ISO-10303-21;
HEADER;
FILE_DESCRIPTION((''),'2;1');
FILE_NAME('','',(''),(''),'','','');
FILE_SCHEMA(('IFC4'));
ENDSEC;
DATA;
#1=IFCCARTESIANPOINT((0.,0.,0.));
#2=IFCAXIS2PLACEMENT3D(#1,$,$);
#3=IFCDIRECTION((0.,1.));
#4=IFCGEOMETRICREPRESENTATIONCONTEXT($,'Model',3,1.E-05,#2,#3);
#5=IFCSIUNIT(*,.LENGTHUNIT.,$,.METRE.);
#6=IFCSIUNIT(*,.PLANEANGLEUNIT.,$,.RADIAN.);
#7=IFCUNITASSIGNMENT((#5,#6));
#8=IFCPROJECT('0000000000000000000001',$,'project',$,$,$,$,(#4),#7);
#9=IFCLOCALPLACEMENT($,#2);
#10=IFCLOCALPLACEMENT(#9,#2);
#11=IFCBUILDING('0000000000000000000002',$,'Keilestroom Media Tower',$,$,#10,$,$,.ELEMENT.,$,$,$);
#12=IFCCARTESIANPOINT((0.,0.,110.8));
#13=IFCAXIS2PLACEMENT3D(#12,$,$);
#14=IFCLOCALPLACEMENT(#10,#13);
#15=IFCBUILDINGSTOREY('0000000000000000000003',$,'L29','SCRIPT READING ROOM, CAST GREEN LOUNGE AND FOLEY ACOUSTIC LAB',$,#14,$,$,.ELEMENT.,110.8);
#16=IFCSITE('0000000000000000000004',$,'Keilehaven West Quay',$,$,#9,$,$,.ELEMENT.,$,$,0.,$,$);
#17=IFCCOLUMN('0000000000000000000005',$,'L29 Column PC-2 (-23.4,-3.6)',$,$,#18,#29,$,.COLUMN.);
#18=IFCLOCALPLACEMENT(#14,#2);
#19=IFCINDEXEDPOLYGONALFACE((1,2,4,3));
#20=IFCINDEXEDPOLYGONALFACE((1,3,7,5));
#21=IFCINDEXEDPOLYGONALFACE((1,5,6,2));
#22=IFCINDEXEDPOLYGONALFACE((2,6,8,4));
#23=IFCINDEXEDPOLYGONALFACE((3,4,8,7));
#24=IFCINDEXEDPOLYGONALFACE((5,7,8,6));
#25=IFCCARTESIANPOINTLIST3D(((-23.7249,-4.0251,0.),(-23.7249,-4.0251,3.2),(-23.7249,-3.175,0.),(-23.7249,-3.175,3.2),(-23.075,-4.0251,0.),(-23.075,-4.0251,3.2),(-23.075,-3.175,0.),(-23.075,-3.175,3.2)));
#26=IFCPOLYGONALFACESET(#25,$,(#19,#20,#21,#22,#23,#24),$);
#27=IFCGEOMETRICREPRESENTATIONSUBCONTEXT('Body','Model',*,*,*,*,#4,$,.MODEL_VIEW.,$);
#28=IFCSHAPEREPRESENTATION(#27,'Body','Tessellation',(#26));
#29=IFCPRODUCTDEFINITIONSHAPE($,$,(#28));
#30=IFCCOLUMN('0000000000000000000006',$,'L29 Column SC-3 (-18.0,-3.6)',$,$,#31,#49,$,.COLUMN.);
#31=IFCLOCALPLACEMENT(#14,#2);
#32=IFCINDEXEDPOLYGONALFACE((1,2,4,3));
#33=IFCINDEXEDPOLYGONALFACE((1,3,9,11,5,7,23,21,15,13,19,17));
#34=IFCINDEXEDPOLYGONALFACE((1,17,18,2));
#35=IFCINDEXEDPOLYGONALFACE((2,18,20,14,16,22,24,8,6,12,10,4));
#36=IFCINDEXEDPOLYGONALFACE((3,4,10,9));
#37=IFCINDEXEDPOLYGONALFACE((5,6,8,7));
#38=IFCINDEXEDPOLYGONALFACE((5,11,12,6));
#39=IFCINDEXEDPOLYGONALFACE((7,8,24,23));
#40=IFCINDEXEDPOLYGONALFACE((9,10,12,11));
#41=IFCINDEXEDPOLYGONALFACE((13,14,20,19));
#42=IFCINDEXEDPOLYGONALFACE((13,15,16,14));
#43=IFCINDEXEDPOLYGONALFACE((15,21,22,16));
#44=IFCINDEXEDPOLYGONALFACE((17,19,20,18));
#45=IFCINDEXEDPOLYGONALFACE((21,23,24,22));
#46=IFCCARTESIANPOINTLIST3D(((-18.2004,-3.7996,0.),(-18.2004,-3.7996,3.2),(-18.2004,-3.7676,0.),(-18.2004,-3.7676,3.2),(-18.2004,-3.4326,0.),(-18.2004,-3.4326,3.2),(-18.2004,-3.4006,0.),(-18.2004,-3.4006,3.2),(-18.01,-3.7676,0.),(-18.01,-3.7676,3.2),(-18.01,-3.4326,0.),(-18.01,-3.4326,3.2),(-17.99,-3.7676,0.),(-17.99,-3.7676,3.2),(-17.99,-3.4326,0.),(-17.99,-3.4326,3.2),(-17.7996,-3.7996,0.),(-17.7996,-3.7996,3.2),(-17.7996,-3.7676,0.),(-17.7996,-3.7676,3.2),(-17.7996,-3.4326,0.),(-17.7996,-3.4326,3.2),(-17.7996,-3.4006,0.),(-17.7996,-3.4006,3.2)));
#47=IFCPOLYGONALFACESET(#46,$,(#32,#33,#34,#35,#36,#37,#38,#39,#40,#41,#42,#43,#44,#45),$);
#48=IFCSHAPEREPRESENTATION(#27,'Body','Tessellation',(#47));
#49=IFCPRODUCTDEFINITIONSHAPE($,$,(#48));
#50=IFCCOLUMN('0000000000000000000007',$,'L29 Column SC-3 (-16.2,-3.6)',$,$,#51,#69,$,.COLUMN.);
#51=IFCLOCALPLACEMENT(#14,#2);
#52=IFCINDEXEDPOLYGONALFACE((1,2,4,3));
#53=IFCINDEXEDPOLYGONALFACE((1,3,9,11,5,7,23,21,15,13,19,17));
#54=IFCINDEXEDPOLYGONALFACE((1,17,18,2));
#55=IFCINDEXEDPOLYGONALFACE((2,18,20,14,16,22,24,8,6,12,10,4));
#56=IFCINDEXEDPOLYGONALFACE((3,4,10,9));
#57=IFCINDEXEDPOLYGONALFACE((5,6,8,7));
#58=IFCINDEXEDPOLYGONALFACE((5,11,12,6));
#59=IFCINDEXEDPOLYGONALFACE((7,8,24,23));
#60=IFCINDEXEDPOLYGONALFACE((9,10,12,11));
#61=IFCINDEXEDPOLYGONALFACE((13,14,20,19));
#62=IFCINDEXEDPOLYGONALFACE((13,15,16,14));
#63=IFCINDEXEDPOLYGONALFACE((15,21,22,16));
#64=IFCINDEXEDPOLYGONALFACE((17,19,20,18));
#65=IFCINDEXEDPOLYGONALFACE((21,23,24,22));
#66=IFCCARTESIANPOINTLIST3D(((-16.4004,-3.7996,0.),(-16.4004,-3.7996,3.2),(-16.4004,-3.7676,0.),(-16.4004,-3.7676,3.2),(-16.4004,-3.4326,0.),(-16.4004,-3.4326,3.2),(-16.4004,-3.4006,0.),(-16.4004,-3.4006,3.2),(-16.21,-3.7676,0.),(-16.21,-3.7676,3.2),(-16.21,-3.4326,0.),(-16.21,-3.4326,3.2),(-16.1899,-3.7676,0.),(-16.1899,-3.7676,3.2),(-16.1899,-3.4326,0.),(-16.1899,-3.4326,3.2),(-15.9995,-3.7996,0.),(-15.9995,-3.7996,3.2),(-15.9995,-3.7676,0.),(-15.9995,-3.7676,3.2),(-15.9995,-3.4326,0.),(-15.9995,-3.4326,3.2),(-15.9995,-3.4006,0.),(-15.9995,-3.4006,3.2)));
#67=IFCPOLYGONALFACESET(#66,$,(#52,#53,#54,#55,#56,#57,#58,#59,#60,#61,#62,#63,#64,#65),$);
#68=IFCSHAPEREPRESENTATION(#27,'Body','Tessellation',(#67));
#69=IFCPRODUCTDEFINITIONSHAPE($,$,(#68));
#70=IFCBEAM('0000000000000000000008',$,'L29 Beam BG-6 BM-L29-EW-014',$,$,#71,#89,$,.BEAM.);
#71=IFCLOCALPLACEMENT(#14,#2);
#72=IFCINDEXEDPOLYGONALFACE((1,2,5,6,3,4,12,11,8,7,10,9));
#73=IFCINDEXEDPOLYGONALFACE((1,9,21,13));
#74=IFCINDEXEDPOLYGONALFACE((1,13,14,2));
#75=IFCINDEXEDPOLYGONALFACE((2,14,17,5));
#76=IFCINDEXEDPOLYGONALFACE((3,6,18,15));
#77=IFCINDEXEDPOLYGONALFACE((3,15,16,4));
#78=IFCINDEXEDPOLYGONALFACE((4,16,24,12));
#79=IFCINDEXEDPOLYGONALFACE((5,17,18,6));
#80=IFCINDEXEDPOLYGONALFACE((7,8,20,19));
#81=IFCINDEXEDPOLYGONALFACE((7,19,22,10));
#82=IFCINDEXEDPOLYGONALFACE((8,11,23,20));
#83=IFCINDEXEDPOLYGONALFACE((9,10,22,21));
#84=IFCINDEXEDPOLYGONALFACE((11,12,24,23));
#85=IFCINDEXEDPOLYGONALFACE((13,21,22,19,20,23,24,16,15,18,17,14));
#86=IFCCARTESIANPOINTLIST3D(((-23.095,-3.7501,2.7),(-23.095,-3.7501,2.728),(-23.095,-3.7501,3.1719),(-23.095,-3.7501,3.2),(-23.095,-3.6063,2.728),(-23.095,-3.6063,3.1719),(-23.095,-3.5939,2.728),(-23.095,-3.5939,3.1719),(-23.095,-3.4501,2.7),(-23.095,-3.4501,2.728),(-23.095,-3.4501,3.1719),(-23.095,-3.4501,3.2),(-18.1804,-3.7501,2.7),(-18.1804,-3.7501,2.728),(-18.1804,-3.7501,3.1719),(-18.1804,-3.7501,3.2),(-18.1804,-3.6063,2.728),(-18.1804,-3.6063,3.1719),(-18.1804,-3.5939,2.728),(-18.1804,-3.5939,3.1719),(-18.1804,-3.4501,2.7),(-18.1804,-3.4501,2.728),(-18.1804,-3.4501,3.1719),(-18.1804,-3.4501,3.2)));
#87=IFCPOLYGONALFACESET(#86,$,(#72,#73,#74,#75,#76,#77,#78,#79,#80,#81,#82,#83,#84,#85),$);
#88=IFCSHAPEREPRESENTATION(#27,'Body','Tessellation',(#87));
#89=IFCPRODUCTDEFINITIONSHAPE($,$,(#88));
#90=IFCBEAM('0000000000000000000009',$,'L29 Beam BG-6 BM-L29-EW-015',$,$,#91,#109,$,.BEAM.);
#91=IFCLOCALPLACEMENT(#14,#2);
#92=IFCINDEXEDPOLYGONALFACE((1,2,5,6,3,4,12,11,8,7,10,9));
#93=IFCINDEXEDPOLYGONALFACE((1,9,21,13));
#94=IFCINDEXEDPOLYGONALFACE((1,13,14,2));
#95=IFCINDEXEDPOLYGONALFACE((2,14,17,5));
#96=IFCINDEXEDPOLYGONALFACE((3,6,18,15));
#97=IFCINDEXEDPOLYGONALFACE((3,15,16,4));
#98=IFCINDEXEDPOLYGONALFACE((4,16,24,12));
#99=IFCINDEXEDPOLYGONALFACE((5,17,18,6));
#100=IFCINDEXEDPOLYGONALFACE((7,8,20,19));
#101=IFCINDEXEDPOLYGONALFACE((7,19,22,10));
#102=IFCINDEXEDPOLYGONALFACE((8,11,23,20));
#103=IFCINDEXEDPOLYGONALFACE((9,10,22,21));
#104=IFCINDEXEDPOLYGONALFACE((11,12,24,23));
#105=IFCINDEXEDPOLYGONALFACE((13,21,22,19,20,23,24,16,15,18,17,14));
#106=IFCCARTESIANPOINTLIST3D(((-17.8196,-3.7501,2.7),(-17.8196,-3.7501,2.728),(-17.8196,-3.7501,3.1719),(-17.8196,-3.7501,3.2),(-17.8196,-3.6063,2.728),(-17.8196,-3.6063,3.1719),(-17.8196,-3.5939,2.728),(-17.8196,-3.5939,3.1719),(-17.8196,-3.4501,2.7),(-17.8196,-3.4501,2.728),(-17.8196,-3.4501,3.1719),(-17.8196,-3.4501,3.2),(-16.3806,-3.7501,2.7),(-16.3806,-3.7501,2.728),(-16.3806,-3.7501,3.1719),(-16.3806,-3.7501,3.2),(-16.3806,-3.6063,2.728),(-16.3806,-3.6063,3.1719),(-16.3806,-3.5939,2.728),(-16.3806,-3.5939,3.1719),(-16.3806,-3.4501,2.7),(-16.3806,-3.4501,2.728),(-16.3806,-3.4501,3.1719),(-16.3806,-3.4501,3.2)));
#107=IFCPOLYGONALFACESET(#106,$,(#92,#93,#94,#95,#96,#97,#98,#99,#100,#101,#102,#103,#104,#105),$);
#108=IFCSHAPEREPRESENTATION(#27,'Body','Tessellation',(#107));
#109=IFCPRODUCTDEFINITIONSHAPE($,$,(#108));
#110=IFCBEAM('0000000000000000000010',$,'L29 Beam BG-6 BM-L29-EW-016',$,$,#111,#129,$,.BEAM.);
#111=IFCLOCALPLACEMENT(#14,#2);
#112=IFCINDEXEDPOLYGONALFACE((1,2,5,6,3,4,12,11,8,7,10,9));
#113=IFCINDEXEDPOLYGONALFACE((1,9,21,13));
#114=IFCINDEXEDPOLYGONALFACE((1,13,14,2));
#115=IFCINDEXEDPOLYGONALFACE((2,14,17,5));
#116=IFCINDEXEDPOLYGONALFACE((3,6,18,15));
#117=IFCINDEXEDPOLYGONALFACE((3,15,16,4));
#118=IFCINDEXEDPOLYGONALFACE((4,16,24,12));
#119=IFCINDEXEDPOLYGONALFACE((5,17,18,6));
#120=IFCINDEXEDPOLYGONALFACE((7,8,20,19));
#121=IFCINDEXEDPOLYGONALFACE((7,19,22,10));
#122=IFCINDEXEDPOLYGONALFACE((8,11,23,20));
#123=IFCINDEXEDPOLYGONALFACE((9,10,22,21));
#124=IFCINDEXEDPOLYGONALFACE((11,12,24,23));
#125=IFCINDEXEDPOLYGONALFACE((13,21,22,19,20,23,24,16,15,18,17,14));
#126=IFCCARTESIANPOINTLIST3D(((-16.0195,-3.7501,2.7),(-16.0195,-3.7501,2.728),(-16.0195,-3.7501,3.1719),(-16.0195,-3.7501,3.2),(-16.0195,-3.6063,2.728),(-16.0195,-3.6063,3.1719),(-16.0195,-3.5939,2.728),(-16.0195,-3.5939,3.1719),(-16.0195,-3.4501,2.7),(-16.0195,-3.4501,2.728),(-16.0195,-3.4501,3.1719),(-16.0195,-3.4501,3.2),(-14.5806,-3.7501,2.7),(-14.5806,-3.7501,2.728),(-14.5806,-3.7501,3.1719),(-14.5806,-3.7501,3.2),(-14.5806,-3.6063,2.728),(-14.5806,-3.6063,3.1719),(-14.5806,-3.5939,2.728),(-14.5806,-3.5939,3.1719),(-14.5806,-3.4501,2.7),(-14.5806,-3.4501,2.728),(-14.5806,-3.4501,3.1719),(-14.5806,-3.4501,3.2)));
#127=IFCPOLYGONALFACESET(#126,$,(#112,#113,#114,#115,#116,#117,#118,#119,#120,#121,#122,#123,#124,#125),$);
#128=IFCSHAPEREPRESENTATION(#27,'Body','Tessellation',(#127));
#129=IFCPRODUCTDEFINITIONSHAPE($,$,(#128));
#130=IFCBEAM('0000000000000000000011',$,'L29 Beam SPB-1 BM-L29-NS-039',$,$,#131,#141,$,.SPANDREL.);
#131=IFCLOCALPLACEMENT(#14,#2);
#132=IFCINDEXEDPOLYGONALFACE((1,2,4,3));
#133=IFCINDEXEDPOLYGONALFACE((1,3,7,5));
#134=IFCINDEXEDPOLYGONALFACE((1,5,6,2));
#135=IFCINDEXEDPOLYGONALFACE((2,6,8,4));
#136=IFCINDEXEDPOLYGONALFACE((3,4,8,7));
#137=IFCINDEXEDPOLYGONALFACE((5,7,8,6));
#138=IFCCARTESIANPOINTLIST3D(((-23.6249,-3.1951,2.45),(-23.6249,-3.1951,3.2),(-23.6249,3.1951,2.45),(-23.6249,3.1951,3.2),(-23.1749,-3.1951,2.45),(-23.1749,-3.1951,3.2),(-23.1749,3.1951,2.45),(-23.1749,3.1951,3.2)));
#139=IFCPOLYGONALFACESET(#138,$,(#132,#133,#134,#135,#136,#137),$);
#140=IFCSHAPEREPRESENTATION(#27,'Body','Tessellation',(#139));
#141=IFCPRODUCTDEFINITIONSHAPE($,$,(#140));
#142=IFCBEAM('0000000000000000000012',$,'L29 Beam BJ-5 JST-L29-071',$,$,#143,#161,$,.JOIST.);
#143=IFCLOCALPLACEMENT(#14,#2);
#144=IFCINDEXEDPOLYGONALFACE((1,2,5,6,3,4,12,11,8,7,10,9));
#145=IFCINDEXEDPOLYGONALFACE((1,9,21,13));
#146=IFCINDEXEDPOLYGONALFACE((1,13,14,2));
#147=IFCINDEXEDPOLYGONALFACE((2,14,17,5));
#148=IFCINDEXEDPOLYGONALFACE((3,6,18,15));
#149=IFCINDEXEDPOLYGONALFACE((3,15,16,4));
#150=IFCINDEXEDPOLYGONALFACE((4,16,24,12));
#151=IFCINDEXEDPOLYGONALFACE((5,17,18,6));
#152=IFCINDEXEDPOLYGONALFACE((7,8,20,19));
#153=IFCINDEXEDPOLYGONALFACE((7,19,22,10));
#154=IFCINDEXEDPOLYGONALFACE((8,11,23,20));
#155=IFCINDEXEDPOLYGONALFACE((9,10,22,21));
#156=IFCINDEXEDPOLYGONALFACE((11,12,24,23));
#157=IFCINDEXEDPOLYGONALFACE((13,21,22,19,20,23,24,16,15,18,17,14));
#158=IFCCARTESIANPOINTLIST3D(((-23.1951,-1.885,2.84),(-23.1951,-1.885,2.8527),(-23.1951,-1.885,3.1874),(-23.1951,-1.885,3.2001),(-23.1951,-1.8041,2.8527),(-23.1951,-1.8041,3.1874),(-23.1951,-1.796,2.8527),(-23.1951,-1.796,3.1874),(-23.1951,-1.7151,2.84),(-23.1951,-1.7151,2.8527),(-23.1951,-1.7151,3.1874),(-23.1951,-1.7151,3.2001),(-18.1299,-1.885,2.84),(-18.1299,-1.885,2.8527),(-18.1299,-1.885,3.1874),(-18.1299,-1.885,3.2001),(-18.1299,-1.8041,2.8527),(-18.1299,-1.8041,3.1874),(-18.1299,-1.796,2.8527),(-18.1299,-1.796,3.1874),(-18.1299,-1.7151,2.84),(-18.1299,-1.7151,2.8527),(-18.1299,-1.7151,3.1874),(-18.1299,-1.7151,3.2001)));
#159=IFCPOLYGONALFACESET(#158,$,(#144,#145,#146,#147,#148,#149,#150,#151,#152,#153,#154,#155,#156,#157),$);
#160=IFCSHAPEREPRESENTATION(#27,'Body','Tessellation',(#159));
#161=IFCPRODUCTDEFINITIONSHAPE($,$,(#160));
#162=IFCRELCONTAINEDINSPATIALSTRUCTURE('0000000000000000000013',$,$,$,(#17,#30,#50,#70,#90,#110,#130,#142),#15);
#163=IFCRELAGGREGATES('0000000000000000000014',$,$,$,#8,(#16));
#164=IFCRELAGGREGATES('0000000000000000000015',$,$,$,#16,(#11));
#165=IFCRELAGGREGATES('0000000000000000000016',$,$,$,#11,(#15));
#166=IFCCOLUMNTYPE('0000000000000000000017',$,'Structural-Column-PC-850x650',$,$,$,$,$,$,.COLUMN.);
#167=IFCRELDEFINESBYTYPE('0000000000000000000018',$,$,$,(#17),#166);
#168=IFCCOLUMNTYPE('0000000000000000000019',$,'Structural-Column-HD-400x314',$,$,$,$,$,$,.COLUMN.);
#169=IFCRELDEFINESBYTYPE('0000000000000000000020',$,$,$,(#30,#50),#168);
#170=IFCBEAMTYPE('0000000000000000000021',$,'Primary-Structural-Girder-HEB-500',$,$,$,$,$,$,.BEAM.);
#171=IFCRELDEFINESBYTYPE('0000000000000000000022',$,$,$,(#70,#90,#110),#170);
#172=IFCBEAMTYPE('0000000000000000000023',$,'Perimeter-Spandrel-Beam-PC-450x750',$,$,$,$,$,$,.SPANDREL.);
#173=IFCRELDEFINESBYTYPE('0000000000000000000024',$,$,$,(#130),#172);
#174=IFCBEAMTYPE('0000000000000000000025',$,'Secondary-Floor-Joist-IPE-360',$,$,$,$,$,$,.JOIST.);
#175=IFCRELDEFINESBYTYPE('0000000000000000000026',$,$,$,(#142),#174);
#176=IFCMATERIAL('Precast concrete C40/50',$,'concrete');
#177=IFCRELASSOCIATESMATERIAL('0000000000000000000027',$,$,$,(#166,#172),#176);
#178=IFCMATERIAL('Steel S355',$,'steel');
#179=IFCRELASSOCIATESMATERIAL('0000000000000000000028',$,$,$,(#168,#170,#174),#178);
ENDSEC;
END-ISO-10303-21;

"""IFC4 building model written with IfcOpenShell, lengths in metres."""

from ifc_helpers import new_model, si_unit, direction, frame, origin, origin_2d, place, context, subcontext, project, spatial, rectangle, i_section, extrude, source, transform, mapped, material, material_profile, profile_set, type_object, element, save


model = new_model("IFC4")

# Units and contexts
model_context = context("Model", 3, precision=1e-05, world=origin(), true_north=direction((0.0, 1.0)))
body_context = subcontext(model_context, "Body", "Model", "MODEL_VIEW")
ifc_project = project(units=[si_unit("LENGTHUNIT", "METRE"), si_unit("PLANEANGLEUNIT", "RADIAN")], contexts=[model_context])

# Site, building, storey
site_placement = place(None, origin())
site = spatial("IfcSite", under=ifc_project, at=site_placement, Name="Keilehaven West Quay", CompositionType="ELEMENT", RefElevation=0.0)
building_placement = place(site_placement, origin())
building = spatial("IfcBuilding", under=site, at=building_placement, Name="Keilestroom Media Tower", CompositionType="ELEMENT")
storey_placement = place(building_placement, frame((0.0, 0.0, 110.8)))
storey = spatial("IfcBuildingStorey", under=building, at=storey_placement, Name="L29", Description="SCRIPT READING ROOM, CAST GREEN LOUNGE AND FOLEY ACOUSTIC LAB", CompositionType="ELEMENT", Elevation=110.8)

# Columns
ifc_material_1 = material(Name="Precast concrete C40/50", Category="concrete")
ifc_material_profile_1 = material_profile(ifc_material_1, rectangle(XDim=0.6499, YDim=0.8501, at=origin_2d()), Name="PC 850x650")
ifc_profile_set_1 = profile_set([ifc_material_profile_1], Name="Precast concrete C40/50")
column_type_1 = type_object("IfcColumnType", Name="Structural-Column-PC-850x650", PredefinedType="COLUMN", material=ifc_profile_set_1)
shared_shape_1 = source(origin(), body_context, "Body", "SweptSolid", [
    extrude(rectangle(XDim=0.6499, YDim=0.8501, at=origin_2d()), origin(), (0.0, 0.0, 1.0), 3.2),
])
column_placement = place(storey_placement, frame((-23.3999, -3.6001, 0.0), z_axis=(0.0, 0.0, 1.0), x_axis=(1.0, 0.0, 0.0)))
element("IfcColumn", 1, at=column_placement, inside=storey, type_object=column_type_1, Name="L29 Column PC-2 (-23.4,-3.6)", PredefinedType="COLUMN", context=body_context, shape_type="MappedRepresentation", body=[
    mapped(shared_shape_1, transform((0.0, 0.0, 0.0), x_axis=(1.0, 0.0, 0.0), y_axis=(0.0, 1.0, 0.0), z_axis=(0.0, 0.0, 1.0), scale=1.0)),
])
ifc_material_2 = material(Name="Steel S355", Category="steel")
ifc_material_profile_2 = material_profile(ifc_material_2, i_section(OverallWidth=0.4009, OverallDepth=0.3989, WebThickness=0.02, FlangeThickness=0.032, at=origin_2d()), Name="HD 400x314")
ifc_profile_set_2 = profile_set([ifc_material_profile_2], Name="Steel S355")
column_type_2 = type_object("IfcColumnType", Name="Structural-Column-HD-400x314", PredefinedType="COLUMN", material=ifc_profile_set_2)
shared_shape_2 = source(origin(), body_context, "Body", "SweptSolid", [
    extrude(i_section(OverallWidth=0.4009, OverallDepth=0.3989, WebThickness=0.02, FlangeThickness=0.032, at=origin_2d()), origin(), (0.0, 0.0, 1.0), 3.2),
])
for number, where, z_axis, x_axis, name in (
    (2, (-18.0, -3.6001, 0.0), (0.0, 0.0, 1.0), (1.0, 0.0, 0.0), "L29 Column SC-3 (-18.0,-3.6)"),
    (3, (-16.2, -3.6001, 0.0), (0.0, 0.0, 1.0), (1.0, 0.0, 0.0), "L29 Column SC-3 (-16.2,-3.6)"),
):
    element("IfcColumn", number, at=place(storey_placement, frame(where, z_axis=z_axis, x_axis=x_axis)), inside=storey, type_object=column_type_2, Name=name, PredefinedType="COLUMN", context=body_context, shape_type="MappedRepresentation", body=[
        mapped(shared_shape_2, transform((0.0, 0.0, 0.0), x_axis=(1.0, 0.0, 0.0), y_axis=(0.0, 1.0, 0.0), z_axis=(0.0, 0.0, 1.0), scale=1.0)),
    ])

# Beams
ifc_material_profile_3 = material_profile(ifc_material_2, i_section(OverallWidth=0.3, OverallDepth=0.5, WebThickness=0.0125, FlangeThickness=0.0281, at=origin_2d()), Name="HEB 500")
ifc_profile_set_3 = profile_set([ifc_material_profile_3], Name="Steel S355")
beam_type_1 = type_object("IfcBeamType", Name="Primary-Structural-Girder-HEB-500", PredefinedType="BEAM", material=ifc_profile_set_3)
shared_shape_3 = source(origin(), body_context, "Body", "SweptSolid", [
    extrude(i_section(OverallWidth=0.3, OverallDepth=0.5, WebThickness=0.0125, FlangeThickness=0.0281, at=origin_2d()), origin(), (0.0, 0.0, 1.0), 4.9146),
])
beam_1_placement = place(storey_placement, frame((-23.095, -3.6001, 2.95), z_axis=(1.0, 0.0, 0.0), x_axis=(0.0, 1.0, 0.0)))
element("IfcBeam", 4, at=beam_1_placement, inside=storey, type_object=beam_type_1, Name="L29 Beam BG-6 BM-L29-EW-014", PredefinedType="BEAM", context=body_context, shape_type="MappedRepresentation", body=[
    mapped(shared_shape_3, transform((0.0, 0.0, 0.0), x_axis=(1.0, 0.0, 0.0), y_axis=(0.0, 1.0, 0.0), z_axis=(0.0, 0.0, 1.0), scale=1.0)),
])
shared_shape_4 = source(origin(), body_context, "Body", "SweptSolid", [
    extrude(i_section(OverallWidth=0.3, OverallDepth=0.5, WebThickness=0.0125, FlangeThickness=0.0281, at=origin_2d()), origin(), (0.0, 0.0, 1.0), 1.439),
])
for number, where, z_axis, x_axis, name in (
    (5, (-17.8196, -3.6001, 2.95), (1.0, 0.0, 0.0), (0.0, 1.0, 0.0), "L29 Beam BG-6 BM-L29-EW-015"),
    (6, (-16.0195, -3.6001, 2.95), (1.0, 0.0, 0.0), (0.0, 1.0, 0.0), "L29 Beam BG-6 BM-L29-EW-016"),
):
    element("IfcBeam", number, at=place(storey_placement, frame(where, z_axis=z_axis, x_axis=x_axis)), inside=storey, type_object=beam_type_1, Name=name, PredefinedType="BEAM", context=body_context, shape_type="MappedRepresentation", body=[
        mapped(shared_shape_4, transform((0.0, 0.0, 0.0), x_axis=(1.0, 0.0, 0.0), y_axis=(0.0, 1.0, 0.0), z_axis=(0.0, 0.0, 1.0), scale=1.0)),
    ])
ifc_material_profile_4 = material_profile(ifc_material_1, rectangle(XDim=0.45, YDim=0.75, at=origin_2d()), Name="PC 450x750")
ifc_profile_set_4 = profile_set([ifc_material_profile_4], Name="Precast concrete C40/50")
beam_type_2 = type_object("IfcBeamType", Name="Perimeter-Spandrel-Beam-PC-450x750", PredefinedType="SPANDREL", material=ifc_profile_set_4)
shared_shape_5 = source(origin(), body_context, "Body", "SweptSolid", [
    extrude(rectangle(XDim=0.45, YDim=0.75, at=origin_2d()), origin(), (0.0, 0.0, 1.0), 6.3901),
])
beam_2_placement = place(storey_placement, frame((-23.3999, -3.1951, 2.825), z_axis=(0.0, 1.0, 0.0), x_axis=(-1.0, 0.0, 0.0)))
element("IfcBeam", 7, at=beam_2_placement, inside=storey, type_object=beam_type_2, Name="L29 Beam SPB-1 BM-L29-NS-039", PredefinedType="SPANDREL", context=body_context, shape_type="MappedRepresentation", body=[
    mapped(shared_shape_5, transform((0.0, 0.0, 0.0), x_axis=(1.0, 0.0, 0.0), y_axis=(0.0, 1.0, 0.0), z_axis=(0.0, 0.0, 1.0), scale=1.0)),
])
ifc_material_profile_5 = material_profile(ifc_material_2, i_section(OverallWidth=0.1699, OverallDepth=0.3601, WebThickness=0.0081, FlangeThickness=0.0127, at=origin_2d()), Name="IPE 360")
ifc_profile_set_5 = profile_set([ifc_material_profile_5], Name="Steel S355")
beam_type_3 = type_object("IfcBeamType", Name="Secondary-Floor-Joist-IPE-360", PredefinedType="JOIST", material=ifc_profile_set_5)
shared_shape_6 = source(origin(), body_context, "Body", "SweptSolid", [
    extrude(i_section(OverallWidth=0.1699, OverallDepth=0.3601, WebThickness=0.0081, FlangeThickness=0.0127, at=origin_2d()), origin(), (0.0, 0.0, 1.0), 5.0652),
])
beam_3_placement = place(storey_placement, frame((-23.1951, -1.8, 3.02), z_axis=(1.0, 0.0, 0.0), x_axis=(0.0, 1.0, 0.0)))
element("IfcBeam", 8, at=beam_3_placement, inside=storey, type_object=beam_type_3, Name="L29 Beam BJ-5 JST-L29-071", PredefinedType="JOIST", context=body_context, shape_type="MappedRepresentation", body=[
    mapped(shared_shape_6, transform((0.0, 0.0, 0.0), x_axis=(1.0, 0.0, 0.0), y_axis=(0.0, 1.0, 0.0), z_axis=(0.0, 0.0, 1.0), scale=1.0)),
])

save(model, "model.ifc")
